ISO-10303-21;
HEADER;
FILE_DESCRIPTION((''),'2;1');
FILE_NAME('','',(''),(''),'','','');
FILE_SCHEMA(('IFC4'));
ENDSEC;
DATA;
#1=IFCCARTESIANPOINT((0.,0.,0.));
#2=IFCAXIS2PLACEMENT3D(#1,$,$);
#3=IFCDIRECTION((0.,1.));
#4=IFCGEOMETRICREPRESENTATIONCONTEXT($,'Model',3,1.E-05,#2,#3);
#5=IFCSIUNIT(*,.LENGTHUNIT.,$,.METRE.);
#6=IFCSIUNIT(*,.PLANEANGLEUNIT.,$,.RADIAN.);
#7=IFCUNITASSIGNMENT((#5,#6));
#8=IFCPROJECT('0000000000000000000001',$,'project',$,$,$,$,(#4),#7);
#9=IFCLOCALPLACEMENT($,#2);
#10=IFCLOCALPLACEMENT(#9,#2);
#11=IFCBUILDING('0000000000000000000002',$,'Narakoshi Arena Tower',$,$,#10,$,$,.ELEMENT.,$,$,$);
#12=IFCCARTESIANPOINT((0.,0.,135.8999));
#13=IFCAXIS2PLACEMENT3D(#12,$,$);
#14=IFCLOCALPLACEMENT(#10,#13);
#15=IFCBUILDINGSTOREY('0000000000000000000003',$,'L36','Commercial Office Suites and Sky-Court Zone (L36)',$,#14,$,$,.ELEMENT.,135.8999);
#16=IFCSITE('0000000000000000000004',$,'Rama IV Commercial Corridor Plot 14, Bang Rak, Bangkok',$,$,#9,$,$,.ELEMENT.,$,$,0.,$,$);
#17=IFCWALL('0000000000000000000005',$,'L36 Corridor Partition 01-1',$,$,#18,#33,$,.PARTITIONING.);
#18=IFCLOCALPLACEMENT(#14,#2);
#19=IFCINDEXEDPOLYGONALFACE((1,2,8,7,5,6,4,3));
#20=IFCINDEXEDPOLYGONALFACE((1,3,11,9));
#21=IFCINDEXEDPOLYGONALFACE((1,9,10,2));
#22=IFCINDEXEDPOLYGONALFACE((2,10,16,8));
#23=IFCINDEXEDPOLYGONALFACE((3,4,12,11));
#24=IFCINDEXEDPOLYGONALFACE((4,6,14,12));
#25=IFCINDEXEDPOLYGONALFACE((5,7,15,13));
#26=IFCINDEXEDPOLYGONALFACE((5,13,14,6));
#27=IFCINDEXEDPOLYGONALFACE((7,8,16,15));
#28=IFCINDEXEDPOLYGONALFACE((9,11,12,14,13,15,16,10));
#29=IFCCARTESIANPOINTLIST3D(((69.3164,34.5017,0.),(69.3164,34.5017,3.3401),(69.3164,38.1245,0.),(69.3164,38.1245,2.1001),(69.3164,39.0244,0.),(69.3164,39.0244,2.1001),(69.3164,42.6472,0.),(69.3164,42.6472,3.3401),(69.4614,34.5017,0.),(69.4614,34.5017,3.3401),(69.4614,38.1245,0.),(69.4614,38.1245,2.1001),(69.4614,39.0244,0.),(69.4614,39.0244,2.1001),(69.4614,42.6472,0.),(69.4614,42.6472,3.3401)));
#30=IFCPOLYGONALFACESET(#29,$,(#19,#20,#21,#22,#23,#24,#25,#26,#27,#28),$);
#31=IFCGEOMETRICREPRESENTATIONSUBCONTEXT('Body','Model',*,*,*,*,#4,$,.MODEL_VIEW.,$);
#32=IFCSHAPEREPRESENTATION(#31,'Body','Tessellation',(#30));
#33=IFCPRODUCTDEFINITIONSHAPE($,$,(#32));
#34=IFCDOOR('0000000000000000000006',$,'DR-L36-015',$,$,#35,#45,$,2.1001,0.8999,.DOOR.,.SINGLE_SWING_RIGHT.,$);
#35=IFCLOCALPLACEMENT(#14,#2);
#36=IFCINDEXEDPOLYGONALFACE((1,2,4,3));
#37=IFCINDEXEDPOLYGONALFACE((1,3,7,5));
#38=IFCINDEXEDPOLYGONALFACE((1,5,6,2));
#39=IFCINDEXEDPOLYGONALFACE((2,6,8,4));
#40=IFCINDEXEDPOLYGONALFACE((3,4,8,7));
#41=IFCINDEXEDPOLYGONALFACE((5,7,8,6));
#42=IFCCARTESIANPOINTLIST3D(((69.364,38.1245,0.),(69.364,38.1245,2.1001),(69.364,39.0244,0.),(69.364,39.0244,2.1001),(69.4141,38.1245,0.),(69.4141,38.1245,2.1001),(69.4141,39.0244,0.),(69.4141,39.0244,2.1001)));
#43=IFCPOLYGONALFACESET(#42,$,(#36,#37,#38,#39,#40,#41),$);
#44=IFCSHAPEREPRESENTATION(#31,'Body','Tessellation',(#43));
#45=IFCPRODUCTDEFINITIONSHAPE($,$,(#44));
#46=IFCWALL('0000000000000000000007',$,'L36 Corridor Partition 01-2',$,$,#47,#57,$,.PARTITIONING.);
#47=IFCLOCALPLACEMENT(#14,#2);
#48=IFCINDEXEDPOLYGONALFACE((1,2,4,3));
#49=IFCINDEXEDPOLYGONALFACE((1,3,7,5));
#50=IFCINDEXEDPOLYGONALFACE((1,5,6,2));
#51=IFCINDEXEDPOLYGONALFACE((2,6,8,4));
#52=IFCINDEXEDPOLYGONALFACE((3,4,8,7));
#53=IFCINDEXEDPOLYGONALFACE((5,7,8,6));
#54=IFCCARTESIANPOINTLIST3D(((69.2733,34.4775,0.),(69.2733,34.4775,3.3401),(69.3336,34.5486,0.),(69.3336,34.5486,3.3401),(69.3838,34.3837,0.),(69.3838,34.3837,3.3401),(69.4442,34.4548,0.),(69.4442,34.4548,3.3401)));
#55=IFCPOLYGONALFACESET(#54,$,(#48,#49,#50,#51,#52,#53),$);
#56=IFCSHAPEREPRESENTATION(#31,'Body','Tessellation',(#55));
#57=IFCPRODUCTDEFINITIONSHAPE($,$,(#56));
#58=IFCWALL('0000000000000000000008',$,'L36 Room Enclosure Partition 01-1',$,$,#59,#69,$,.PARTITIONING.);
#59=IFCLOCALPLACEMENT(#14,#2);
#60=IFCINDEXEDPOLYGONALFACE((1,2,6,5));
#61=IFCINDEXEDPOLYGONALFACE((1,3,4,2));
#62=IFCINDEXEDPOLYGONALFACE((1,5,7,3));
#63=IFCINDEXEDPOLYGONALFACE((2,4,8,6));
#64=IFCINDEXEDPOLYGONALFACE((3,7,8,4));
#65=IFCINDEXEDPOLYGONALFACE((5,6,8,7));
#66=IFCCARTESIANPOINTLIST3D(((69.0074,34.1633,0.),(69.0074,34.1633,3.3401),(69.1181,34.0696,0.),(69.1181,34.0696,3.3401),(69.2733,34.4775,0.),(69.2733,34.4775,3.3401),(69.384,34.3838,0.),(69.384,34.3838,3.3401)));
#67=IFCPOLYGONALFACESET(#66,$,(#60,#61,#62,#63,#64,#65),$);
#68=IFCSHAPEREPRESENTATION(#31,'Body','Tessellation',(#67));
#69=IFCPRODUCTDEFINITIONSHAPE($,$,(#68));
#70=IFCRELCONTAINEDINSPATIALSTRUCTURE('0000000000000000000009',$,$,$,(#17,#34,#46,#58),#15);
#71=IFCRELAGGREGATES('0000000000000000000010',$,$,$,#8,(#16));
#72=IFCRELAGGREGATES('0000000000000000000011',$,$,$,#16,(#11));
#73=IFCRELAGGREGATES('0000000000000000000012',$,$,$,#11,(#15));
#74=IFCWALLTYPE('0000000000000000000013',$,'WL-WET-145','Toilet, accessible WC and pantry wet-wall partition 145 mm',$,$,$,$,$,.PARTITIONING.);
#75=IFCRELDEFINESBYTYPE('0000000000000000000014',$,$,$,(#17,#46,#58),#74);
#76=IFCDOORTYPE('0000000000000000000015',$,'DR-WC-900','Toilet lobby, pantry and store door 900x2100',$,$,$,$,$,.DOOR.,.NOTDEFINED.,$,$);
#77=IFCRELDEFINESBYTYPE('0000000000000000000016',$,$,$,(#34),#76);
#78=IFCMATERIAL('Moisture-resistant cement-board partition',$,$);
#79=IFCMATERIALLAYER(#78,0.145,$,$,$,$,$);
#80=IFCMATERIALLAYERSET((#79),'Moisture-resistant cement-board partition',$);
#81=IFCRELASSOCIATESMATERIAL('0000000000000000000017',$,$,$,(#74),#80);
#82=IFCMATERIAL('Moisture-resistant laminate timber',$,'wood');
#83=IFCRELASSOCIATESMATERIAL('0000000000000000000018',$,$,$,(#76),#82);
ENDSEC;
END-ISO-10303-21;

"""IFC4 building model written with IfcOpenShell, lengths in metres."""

from ifc_helpers import new_model, si_unit, direction, frame, frame_2d, origin, place, context, subcontext, project, spatial, rectangle, extrude, material, layer, layer_set, type_object, element, fill, save


model = new_model("IFC4")

# Units and contexts
model_context = context("Model", 3, precision=1e-05, world=origin(), true_north=direction((0.0, 1.0)))
body_context = subcontext(model_context, "Body", "Model", "MODEL_VIEW")
ifc_project = project(units=[si_unit("LENGTHUNIT", "METRE"), si_unit("PLANEANGLEUNIT", "RADIAN")], contexts=[model_context])

# Site, building, storey
site_placement = place(None, origin())
site = spatial("IfcSite", under=ifc_project, at=site_placement, Name="Rama IV Commercial Corridor Plot 14, Bang Rak, Bangkok", CompositionType="ELEMENT", RefElevation=0.0)
building_placement = place(site_placement, origin())
building = spatial("IfcBuilding", under=site, at=building_placement, Name="Narakoshi Arena Tower", CompositionType="ELEMENT")
storey_placement = place(building_placement, frame((0.0, 0.0, 135.8999)))
storey = spatial("IfcBuildingStorey", under=building, at=storey_placement, Name="L36", Description="Commercial Office Suites and Sky-Court Zone (L36)", CompositionType="ELEMENT", Elevation=135.8999)

# Wall, opening, door
ifc_material_1 = material(Name="Moisture-resistant cement-board partition")
ifc_layer_1 = layer(ifc_material_1, 0.145)
ifc_layer_set_1 = layer_set([ifc_layer_1], Name="Moisture-resistant cement-board partition")
wall_type_1 = type_object("IfcWallType", Name="WL-WET-145", Description="Toilet, accessible WC and pantry wet-wall partition 145 mm", PredefinedType="PARTITIONING", material=ifc_layer_set_1)
wall_1_placement = place(storey_placement, frame((69.3889, 42.6472, 0.0), z_axis=(0.0, 0.0, 1.0), x_axis=(0.0, -1.0, 0.0)))
wall_1 = element("IfcWall", 1, at=wall_1_placement, inside=storey, type_object=wall_type_1, Name="L36 Corridor Partition 01-1", PredefinedType="PARTITIONING", context=body_context, shape_type="SweptSolid", body=[
    extrude(rectangle(XDim=8.1455, YDim=0.145, at=frame_2d((4.0728, 0.0))), origin(), (0.0, 0.0, 1.0), 3.3401),
])
opening_1_placement = place(wall_1_placement, frame((3.6228, 0.0, 0.0)))
opening_1 = element("IfcOpeningElement", 2, at=opening_1_placement, cuts=wall_1, PredefinedType="OPENING", context=body_context, shape_type="SweptSolid", body=[
    extrude(rectangle(XDim=0.8999, YDim=2.1001, at=frame_2d((0.45, 1.05))), frame((0.0, 0.0825, 0.0), z_axis=(0.0, -1.0, 0.0), x_axis=(1.0, 0.0, 0.0)), (0.0, 0.0, 1.0), 0.165),
])
ifc_material_2 = material(Name="Moisture-resistant laminate timber", Category="wood")
door_type_1 = type_object("IfcDoorType", Name="DR-WC-900", Description="Toilet lobby, pantry and store door 900x2100", OperationType="NOTDEFINED", PredefinedType="DOOR", material=ifc_material_2)
door_1_placement = place(opening_1_placement, frame((0.8999, 0.0, 0.0), z_axis=(0.0, 0.0, 1.0), x_axis=(-1.0, 0.0, 0.0)))
door_1 = element("IfcDoor", 3, at=door_1_placement, inside=storey, type_object=door_type_1, Name="DR-L36-015", OperationType="SINGLE_SWING_RIGHT", OverallHeight=2.1001, OverallWidth=0.8999, PredefinedType="DOOR", context=body_context, shape_type="SweptSolid", body=[
    extrude(rectangle(XDim=0.8999, YDim=2.1001, at=frame_2d((0.45, 1.05))), frame((0.0, 0.0249, 0.0), z_axis=(0.0, -1.0, 0.0), x_axis=(1.0, 0.0, 0.0)), (0.0, 0.0, 1.0), 0.05),
])
fill(opening_1, door_1)

# Walls
wall_2_placement = place(storey_placement, frame((69.3889, 34.5017, 0.0), z_axis=(0.0, 0.0, 1.0), x_axis=(-0.647116, -0.762392, 0.0)))
element("IfcWall", 4, at=wall_2_placement, inside=storey, type_object=wall_type_1, Name="L36 Corridor Partition 01-2", PredefinedType="PARTITIONING", context=body_context, shape_type="SweptSolid", body=[
    extrude(rectangle(XDim=0.0933, YDim=0.145, at=frame_2d((0.0466, 0.0))), origin(), (0.0, 0.0, 1.0), 3.3401),
])
wall_3_placement = place(storey_placement, frame((69.3286, 34.4307, 0.0), z_axis=(0.0, 0.0, 1.0), x_axis=(-0.645942, -0.763386, 0.0)))
element("IfcWall", 5, at=wall_3_placement, inside=storey, type_object=wall_type_1, Name="L36 Room Enclosure Partition 01-1", PredefinedType="PARTITIONING", context=body_context, shape_type="SweptSolid", body=[
    extrude(rectangle(XDim=0.4116, YDim=0.145, at=frame_2d((0.2058, 0.0))), origin(), (0.0, 0.0, 1.0), 3.3401),
])

save(model, "model.ifc")
